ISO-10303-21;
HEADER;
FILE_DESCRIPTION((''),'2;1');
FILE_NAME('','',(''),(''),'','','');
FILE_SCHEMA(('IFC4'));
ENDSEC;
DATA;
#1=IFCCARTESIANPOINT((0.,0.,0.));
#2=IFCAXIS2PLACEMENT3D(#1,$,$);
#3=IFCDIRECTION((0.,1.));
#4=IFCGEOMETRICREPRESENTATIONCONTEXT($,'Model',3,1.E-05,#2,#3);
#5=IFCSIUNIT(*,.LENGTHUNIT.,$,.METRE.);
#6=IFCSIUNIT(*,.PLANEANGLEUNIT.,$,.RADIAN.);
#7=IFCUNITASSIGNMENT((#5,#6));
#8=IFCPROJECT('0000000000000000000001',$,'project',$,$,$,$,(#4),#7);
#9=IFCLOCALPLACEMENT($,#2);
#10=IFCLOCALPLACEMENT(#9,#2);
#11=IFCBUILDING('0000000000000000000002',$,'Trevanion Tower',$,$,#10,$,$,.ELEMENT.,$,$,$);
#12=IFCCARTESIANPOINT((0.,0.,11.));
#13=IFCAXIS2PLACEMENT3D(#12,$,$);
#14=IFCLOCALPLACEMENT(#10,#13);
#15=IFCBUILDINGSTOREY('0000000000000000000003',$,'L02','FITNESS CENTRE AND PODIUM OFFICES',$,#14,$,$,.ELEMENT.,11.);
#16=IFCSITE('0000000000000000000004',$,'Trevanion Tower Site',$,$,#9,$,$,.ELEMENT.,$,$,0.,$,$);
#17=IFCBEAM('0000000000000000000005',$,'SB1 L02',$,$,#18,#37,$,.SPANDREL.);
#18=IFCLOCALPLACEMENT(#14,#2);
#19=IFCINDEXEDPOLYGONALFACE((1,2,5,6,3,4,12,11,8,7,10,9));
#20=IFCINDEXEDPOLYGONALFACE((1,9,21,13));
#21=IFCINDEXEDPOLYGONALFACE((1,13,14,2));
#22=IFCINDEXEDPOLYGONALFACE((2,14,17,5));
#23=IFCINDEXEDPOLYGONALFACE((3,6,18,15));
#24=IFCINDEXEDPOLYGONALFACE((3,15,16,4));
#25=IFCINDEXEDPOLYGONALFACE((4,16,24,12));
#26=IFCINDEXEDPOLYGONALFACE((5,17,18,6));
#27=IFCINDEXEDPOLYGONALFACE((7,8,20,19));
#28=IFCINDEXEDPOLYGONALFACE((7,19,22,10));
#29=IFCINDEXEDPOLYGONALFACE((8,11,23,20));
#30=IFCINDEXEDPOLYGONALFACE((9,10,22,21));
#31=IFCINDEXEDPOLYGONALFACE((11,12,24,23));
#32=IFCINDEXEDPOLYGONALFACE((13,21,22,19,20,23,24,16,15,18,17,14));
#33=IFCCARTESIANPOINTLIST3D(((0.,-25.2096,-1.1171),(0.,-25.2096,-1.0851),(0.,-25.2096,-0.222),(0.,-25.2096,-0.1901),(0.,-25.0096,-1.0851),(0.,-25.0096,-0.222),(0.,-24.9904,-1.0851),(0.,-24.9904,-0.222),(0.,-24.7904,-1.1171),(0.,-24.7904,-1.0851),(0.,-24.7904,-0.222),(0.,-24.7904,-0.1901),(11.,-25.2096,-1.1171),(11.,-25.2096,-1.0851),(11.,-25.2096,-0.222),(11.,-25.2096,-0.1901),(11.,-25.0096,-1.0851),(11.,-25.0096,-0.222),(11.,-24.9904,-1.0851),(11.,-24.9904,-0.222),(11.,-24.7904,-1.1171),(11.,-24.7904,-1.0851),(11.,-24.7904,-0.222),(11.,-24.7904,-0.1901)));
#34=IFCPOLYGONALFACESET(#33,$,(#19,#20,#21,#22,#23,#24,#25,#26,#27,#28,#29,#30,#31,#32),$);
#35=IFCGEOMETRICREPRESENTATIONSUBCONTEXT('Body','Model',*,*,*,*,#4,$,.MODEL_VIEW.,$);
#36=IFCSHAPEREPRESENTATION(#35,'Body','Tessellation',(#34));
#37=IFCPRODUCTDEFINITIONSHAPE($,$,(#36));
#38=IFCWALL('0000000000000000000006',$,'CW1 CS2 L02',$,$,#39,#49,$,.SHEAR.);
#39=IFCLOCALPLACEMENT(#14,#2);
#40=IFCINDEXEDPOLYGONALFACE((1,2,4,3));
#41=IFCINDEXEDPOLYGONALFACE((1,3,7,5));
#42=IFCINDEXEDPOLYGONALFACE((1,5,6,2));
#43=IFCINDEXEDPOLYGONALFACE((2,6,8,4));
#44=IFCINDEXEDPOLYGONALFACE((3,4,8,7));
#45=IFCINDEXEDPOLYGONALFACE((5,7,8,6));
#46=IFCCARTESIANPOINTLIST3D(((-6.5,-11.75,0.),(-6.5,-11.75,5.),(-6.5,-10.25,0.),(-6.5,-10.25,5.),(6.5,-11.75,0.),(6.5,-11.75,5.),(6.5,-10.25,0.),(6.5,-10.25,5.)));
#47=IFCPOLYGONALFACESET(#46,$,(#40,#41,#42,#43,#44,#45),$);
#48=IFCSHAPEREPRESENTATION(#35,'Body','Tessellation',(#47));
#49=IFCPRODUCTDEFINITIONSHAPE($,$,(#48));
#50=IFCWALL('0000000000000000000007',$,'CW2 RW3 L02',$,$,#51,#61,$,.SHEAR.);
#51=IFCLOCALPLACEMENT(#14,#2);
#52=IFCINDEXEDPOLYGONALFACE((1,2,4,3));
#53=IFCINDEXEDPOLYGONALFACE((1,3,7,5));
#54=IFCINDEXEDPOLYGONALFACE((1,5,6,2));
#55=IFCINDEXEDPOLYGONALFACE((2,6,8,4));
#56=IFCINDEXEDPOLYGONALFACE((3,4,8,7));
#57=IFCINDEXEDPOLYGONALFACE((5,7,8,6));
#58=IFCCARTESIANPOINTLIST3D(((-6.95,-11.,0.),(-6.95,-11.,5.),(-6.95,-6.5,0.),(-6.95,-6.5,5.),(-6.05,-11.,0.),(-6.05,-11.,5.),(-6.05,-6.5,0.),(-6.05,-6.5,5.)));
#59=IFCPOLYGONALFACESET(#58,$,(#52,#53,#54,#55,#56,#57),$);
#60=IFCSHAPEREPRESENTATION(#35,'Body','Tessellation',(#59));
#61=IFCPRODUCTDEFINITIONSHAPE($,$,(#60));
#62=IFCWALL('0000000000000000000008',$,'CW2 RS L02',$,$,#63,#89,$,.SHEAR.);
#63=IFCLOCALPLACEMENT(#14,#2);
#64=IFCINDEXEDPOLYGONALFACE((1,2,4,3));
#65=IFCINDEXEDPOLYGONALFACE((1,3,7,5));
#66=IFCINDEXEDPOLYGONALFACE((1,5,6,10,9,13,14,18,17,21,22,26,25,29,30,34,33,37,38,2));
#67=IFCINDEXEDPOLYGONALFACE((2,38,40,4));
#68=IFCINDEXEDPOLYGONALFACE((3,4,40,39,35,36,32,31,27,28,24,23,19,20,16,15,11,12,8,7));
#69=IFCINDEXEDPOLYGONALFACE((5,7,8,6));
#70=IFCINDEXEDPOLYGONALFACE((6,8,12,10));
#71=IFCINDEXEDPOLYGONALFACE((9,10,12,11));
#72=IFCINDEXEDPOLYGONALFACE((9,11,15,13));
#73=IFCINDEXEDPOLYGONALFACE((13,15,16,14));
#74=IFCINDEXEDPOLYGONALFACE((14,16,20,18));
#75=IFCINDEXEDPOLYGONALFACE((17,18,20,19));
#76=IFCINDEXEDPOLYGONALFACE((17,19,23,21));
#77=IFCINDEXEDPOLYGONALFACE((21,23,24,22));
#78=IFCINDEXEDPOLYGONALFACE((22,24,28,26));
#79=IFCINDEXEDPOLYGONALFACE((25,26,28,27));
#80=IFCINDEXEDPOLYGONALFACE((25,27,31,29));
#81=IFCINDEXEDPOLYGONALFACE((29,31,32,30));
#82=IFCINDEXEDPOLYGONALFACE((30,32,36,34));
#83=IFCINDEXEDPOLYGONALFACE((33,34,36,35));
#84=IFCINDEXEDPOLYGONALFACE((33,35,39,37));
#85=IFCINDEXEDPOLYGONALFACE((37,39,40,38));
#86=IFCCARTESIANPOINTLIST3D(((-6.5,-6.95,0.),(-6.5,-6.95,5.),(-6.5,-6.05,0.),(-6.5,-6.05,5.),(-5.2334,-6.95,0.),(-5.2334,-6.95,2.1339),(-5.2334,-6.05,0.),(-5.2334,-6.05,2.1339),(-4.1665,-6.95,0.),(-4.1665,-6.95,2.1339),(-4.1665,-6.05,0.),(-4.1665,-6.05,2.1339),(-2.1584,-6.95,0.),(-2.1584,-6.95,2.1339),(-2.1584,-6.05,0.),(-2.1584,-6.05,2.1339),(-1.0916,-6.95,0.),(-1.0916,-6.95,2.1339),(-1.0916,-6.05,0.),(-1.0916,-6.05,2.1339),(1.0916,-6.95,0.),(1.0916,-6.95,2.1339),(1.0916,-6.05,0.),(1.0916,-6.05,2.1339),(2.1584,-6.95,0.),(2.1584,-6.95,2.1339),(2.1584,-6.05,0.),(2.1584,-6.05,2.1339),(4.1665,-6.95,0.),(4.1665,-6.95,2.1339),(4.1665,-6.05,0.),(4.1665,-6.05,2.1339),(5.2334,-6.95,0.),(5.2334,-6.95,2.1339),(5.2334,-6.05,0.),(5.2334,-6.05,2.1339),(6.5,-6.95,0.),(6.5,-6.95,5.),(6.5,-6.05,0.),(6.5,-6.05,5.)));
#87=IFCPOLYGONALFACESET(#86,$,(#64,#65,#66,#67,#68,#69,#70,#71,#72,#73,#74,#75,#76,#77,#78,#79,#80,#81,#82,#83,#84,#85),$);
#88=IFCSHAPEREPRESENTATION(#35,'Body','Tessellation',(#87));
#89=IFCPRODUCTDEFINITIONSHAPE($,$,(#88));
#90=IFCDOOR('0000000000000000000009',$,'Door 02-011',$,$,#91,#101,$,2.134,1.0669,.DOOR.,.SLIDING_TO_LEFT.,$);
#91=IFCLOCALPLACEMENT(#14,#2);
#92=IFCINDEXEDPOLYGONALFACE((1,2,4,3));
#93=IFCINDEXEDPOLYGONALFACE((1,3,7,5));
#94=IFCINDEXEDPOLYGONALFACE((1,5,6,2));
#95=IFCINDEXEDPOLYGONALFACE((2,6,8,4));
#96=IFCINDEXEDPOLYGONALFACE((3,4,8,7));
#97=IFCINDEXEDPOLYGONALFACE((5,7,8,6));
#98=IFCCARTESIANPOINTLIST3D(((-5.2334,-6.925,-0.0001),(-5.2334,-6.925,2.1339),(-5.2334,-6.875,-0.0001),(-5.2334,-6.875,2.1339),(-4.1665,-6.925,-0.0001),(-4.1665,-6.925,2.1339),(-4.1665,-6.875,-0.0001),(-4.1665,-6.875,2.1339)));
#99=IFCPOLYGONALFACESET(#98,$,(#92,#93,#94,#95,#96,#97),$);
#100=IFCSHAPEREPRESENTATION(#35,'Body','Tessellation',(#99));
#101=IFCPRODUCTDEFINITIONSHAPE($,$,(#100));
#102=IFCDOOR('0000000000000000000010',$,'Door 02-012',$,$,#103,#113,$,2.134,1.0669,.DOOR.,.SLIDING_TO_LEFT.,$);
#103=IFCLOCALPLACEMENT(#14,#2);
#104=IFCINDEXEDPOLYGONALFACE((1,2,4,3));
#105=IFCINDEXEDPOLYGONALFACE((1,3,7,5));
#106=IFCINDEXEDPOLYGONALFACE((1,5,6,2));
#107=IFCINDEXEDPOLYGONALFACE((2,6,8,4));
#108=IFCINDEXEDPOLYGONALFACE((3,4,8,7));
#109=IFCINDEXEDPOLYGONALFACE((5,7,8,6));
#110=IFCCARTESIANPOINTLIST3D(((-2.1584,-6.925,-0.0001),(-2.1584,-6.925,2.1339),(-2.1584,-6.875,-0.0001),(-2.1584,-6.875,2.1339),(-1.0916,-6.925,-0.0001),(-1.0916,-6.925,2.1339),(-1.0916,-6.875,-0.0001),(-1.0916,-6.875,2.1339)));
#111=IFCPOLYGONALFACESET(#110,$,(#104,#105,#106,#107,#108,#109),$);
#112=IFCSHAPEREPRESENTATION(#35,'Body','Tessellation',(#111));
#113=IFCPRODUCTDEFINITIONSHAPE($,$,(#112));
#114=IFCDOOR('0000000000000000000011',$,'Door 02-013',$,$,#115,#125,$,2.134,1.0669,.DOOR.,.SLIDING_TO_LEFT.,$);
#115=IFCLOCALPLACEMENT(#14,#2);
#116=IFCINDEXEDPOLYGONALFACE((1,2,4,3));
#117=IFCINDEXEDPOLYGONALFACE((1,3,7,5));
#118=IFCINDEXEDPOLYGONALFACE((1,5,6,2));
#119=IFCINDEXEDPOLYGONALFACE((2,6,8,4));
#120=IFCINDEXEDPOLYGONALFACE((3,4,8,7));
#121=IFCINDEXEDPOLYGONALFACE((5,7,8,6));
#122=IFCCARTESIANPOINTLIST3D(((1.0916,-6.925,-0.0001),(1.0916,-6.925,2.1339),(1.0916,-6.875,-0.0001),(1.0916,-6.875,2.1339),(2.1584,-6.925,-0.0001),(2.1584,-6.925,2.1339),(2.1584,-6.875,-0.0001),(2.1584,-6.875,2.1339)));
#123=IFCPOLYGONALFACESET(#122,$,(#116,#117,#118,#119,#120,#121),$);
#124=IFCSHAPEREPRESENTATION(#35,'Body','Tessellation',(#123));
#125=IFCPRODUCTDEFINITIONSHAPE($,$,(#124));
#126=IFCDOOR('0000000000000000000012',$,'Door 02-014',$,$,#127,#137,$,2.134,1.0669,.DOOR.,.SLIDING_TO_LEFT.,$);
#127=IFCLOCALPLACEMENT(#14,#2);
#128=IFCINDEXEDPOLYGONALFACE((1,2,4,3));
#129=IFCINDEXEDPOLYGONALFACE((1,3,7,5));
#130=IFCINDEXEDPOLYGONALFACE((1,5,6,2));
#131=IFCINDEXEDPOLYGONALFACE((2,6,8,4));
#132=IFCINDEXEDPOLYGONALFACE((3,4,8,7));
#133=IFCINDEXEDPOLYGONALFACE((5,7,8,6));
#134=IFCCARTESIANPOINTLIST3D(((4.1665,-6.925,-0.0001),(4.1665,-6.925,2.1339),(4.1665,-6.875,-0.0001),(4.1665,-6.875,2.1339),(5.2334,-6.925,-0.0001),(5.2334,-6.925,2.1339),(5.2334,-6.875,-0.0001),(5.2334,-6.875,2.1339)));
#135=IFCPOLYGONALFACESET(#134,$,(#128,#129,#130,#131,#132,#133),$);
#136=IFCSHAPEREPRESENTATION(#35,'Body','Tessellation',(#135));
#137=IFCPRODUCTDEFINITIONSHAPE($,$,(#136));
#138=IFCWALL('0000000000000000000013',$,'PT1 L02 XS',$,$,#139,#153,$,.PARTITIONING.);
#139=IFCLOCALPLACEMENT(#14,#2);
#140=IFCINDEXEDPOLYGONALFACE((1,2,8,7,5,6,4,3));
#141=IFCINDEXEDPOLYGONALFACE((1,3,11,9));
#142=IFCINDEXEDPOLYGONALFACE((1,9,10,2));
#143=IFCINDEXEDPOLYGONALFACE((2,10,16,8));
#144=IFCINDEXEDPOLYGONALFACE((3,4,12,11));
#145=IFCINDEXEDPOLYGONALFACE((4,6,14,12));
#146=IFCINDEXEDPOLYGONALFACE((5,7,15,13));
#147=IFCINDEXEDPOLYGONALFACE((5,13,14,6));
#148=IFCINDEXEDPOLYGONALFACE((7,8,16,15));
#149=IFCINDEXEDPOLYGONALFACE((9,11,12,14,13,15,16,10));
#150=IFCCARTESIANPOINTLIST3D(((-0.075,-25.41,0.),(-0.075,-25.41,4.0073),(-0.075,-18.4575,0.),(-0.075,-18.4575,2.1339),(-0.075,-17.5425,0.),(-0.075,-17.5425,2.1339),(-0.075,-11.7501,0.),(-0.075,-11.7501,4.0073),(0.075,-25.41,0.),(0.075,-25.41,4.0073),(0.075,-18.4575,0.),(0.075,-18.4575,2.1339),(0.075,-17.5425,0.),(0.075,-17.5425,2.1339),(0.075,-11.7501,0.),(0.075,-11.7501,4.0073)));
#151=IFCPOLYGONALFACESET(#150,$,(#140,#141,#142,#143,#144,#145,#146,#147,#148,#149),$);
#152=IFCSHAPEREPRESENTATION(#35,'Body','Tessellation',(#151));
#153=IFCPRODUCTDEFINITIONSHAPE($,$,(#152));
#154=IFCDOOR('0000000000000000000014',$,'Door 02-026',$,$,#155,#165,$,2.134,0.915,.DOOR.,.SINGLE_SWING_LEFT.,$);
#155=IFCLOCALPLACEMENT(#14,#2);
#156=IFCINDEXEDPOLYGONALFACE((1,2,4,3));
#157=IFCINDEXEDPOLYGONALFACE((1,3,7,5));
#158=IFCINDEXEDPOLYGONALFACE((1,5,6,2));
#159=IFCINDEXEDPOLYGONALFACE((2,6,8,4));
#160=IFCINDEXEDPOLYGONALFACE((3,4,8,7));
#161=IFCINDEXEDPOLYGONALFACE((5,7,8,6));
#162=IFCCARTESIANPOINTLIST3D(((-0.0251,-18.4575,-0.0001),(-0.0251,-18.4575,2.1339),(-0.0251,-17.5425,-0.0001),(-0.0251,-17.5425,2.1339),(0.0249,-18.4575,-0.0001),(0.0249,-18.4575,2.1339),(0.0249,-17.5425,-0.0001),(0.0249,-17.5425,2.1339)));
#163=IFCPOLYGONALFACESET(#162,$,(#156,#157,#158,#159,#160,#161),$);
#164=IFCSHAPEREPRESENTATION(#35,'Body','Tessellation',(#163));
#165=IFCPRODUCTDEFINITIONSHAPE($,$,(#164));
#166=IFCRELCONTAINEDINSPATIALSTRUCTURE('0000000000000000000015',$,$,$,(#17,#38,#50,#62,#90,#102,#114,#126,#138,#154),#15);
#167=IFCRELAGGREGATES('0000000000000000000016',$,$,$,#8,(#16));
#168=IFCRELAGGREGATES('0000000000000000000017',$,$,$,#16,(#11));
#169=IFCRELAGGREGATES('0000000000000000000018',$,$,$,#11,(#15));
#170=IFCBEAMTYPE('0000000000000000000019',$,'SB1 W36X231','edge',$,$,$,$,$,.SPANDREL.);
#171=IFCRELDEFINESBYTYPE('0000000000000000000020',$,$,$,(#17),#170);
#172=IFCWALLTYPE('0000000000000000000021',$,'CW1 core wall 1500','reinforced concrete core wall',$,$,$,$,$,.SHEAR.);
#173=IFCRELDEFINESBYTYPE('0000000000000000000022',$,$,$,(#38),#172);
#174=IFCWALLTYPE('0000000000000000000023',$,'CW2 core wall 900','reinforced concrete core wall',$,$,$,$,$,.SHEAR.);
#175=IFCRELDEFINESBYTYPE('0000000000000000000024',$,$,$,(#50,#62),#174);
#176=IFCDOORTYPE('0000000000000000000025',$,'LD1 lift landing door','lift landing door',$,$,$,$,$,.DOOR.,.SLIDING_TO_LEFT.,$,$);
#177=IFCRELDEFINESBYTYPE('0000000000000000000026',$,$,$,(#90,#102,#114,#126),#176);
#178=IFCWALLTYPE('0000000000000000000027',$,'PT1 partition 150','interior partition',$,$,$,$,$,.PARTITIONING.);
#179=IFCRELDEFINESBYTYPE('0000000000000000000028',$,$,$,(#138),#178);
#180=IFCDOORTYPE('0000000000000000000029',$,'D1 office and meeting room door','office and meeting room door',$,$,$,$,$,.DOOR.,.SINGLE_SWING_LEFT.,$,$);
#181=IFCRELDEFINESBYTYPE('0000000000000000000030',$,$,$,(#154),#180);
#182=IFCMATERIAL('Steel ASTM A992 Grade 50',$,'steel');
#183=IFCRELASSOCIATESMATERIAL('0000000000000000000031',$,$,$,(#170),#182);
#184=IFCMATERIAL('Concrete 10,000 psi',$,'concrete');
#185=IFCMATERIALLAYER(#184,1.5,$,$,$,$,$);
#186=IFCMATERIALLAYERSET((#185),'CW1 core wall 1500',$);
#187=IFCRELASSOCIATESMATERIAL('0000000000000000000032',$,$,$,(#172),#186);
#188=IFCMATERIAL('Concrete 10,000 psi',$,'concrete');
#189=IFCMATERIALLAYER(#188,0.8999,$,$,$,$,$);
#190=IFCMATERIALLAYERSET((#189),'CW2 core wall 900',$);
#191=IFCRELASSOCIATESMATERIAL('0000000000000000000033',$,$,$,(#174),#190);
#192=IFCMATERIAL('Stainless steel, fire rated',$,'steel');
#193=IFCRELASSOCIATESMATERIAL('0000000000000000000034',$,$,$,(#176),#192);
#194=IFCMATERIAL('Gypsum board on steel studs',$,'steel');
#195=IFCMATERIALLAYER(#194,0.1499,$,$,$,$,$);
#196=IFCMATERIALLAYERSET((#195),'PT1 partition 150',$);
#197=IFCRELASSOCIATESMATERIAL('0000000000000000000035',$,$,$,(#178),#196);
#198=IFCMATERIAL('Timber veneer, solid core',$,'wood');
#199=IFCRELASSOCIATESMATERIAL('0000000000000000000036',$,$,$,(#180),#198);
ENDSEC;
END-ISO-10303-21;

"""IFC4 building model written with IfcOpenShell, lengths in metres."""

from ifc_helpers import new_model, si_unit, direction, frame, frame_2d, origin, origin_2d, place, context, subcontext, project, spatial, rectangle, i_section, extrude, material, layer, layer_set, material_profile, profile_set, type_object, element, fill, save


model = new_model("IFC4")

# Units and contexts
model_context = context("Model", 3, precision=1e-05, world=origin(), true_north=direction((0.0, 1.0)))
body_context = subcontext(model_context, "Body", "Model", "MODEL_VIEW")
ifc_project = project(units=[si_unit("LENGTHUNIT", "METRE"), si_unit("PLANEANGLEUNIT", "RADIAN")], contexts=[model_context])

# Site, building, storey
site_placement = place(None, origin())
site = spatial("IfcSite", under=ifc_project, at=site_placement, Name="Trevanion Tower Site", CompositionType="ELEMENT", RefElevation=0.0)
building_placement = place(site_placement, origin())
building = spatial("IfcBuilding", under=site, at=building_placement, Name="Trevanion Tower", CompositionType="ELEMENT")
storey_placement = place(building_placement, frame((0.0, 0.0, 11.0)))
storey = spatial("IfcBuildingStorey", under=building, at=storey_placement, Name="L02", Description="FITNESS CENTRE AND PODIUM OFFICES", CompositionType="ELEMENT", Elevation=11.0)

# Beam
ifc_material_1 = material(Name="Steel ASTM A992 Grade 50", Category="steel")
ifc_material_profile_1 = material_profile(ifc_material_1, i_section(OverallWidth=0.4192, OverallDepth=0.927, WebThickness=0.0193, FlangeThickness=0.032, at=origin_2d()), Name="W36X231")
ifc_profile_set_1 = profile_set([ifc_material_profile_1], Name="Steel ASTM A992 Grade 50")
beam_type_1 = type_object("IfcBeamType", Name="SB1 W36X231", Description="edge", PredefinedType="SPANDREL", material=ifc_profile_set_1)
beam_1_placement = place(storey_placement, frame((0.0, -25.0, -0.6536), z_axis=(1.0, 0.0, 0.0), x_axis=(0.0, 1.0, 0.0)))
element("IfcBeam", 1, at=beam_1_placement, inside=storey, type_object=beam_type_1, Name="SB1 L02", PredefinedType="SPANDREL", context=body_context, shape_type="SweptSolid", body=[
    extrude(i_section(OverallWidth=0.4192, OverallDepth=0.927, WebThickness=0.0193, FlangeThickness=0.032, at=origin_2d()), origin(), (0.0, 0.0, 1.0), 11.0),
])

# Walls
ifc_material_2 = material(Name="Concrete 10,000 psi", Category="concrete")
ifc_layer_1 = layer(ifc_material_2, 1.5)
ifc_layer_set_1 = layer_set([ifc_layer_1], Name="CW1 core wall 1500")
wall_type_1 = type_object("IfcWallType", Name="CW1 core wall 1500", Description="reinforced concrete core wall", PredefinedType="SHEAR", material=ifc_layer_set_1)
wall_1_placement = place(storey_placement, frame((-6.5, -11.0, 0.0), z_axis=(0.0, 0.0, 1.0), x_axis=(1.0, 0.0, 0.0)))
element("IfcWall", 2, at=wall_1_placement, inside=storey, type_object=wall_type_1, Name="CW1 CS2 L02", PredefinedType="SHEAR", context=body_context, shape_type="SweptSolid", body=[
    extrude(rectangle(XDim=13.0, YDim=1.5, at=frame_2d((6.5, 0.0))), origin(), (0.0, 0.0, 1.0), 5.0),
])
ifc_material_3 = material(Name="Concrete 10,000 psi", Category="concrete")
ifc_layer_2 = layer(ifc_material_3, 0.8999)
ifc_layer_set_2 = layer_set([ifc_layer_2], Name="CW2 core wall 900")
wall_type_2 = type_object("IfcWallType", Name="CW2 core wall 900", Description="reinforced concrete core wall", PredefinedType="SHEAR", material=ifc_layer_set_2)
wall_2_placement = place(storey_placement, frame((-6.5, -6.5, 0.0), z_axis=(0.0, 0.0, 1.0), x_axis=(0.0, -1.0, 0.0)))
element("IfcWall", 3, at=wall_2_placement, inside=storey, type_object=wall_type_2, Name="CW2 RW3 L02", PredefinedType="SHEAR", context=body_context, shape_type="SweptSolid", body=[
    extrude(rectangle(XDim=4.5, YDim=0.8999, at=frame_2d((2.25, 0.0))), origin(), (0.0, 0.0, 1.0), 5.0),
])

# Wall, openings, doors
wall_3_placement = place(storey_placement, frame((-6.5, -6.5, 0.0), z_axis=(0.0, 0.0, 1.0), x_axis=(1.0, 0.0, 0.0)))
wall_3 = element("IfcWall", 4, at=wall_3_placement, inside=storey, type_object=wall_type_2, Name="CW2 RS L02", PredefinedType="SHEAR", context=body_context, shape_type="SweptSolid", body=[
    extrude(rectangle(XDim=13.0, YDim=0.8999, at=frame_2d((6.5, 0.0))), origin(), (0.0, 0.0, 1.0), 5.0),
])
opening_1_placement = place(wall_3_placement, frame((1.2666, 0.0, 0.0)))
opening_1 = element("IfcOpeningElement", 5, at=opening_1_placement, cuts=wall_3, PredefinedType="OPENING", context=body_context, shape_type="SweptSolid", body=[
    extrude(rectangle(XDim=1.0669, YDim=2.134, at=frame_2d((0.5334, 1.0669))), frame((0.0, 0.46, 0.0), z_axis=(0.0, -1.0, 0.0), x_axis=(1.0, 0.0, 0.0)), (0.0, 0.0, 1.0), 0.9199),
])
opening_2_placement = place(wall_3_placement, frame((4.3416, 0.0, 0.0)))
opening_2 = element("IfcOpeningElement", 6, at=opening_2_placement, cuts=wall_3, PredefinedType="OPENING", context=body_context, shape_type="SweptSolid", body=[
    extrude(rectangle(XDim=1.0669, YDim=2.134, at=frame_2d((0.5334, 1.0669))), frame((0.0, 0.46, 0.0), z_axis=(0.0, -1.0, 0.0), x_axis=(1.0, 0.0, 0.0)), (0.0, 0.0, 1.0), 0.9199),
])
opening_3_placement = place(wall_3_placement, frame((7.5916, 0.0, 0.0)))
opening_3 = element("IfcOpeningElement", 7, at=opening_3_placement, cuts=wall_3, PredefinedType="OPENING", context=body_context, shape_type="SweptSolid", body=[
    extrude(rectangle(XDim=1.0669, YDim=2.134, at=frame_2d((0.5334, 1.0669))), frame((0.0, 0.46, 0.0), z_axis=(0.0, -1.0, 0.0), x_axis=(1.0, 0.0, 0.0)), (0.0, 0.0, 1.0), 0.9199),
])
opening_4_placement = place(wall_3_placement, frame((10.6665, 0.0, 0.0)))
opening_4 = element("IfcOpeningElement", 8, at=opening_4_placement, cuts=wall_3, PredefinedType="OPENING", context=body_context, shape_type="SweptSolid", body=[
    extrude(rectangle(XDim=1.0669, YDim=2.134, at=frame_2d((0.5334, 1.0669))), frame((0.0, 0.46, 0.0), z_axis=(0.0, -1.0, 0.0), x_axis=(1.0, 0.0, 0.0)), (0.0, 0.0, 1.0), 0.9199),
])
ifc_material_4 = material(Name="Stainless steel, fire rated", Category="steel")
door_type_1 = type_object("IfcDoorType", Name="LD1 lift landing door", Description="lift landing door", OperationType="SLIDING_TO_LEFT", PredefinedType="DOOR", material=ifc_material_4)
door_1_placement = place(opening_1_placement, origin())
door_1 = element("IfcDoor", 9, at=door_1_placement, inside=storey, type_object=door_type_1, Name="Door 02-011", OperationType="SLIDING_TO_LEFT", OverallHeight=2.134, OverallWidth=1.0669, PredefinedType="DOOR", context=body_context, shape_type="SweptSolid", body=[
    extrude(rectangle(XDim=1.0669, YDim=2.134, at=frame_2d((0.5334, 1.0669))), frame((0.0, -0.375, 0.0), z_axis=(0.0, -1.0, 0.0), x_axis=(1.0, 0.0, 0.0)), (0.0, 0.0, 1.0), 0.05),
])
fill(opening_1, door_1)
door_2_placement = place(opening_2_placement, origin())
door_2 = element("IfcDoor", 10, at=door_2_placement, inside=storey, type_object=door_type_1, Name="Door 02-012", OperationType="SLIDING_TO_LEFT", OverallHeight=2.134, OverallWidth=1.0669, PredefinedType="DOOR", context=body_context, shape_type="SweptSolid", body=[
    extrude(rectangle(XDim=1.0669, YDim=2.134, at=frame_2d((0.5334, 1.0669))), frame((0.0, -0.375, 0.0), z_axis=(0.0, -1.0, 0.0), x_axis=(1.0, 0.0, 0.0)), (0.0, 0.0, 1.0), 0.05),
])
fill(opening_2, door_2)
door_3_placement = place(opening_3_placement, origin())
door_3 = element("IfcDoor", 11, at=door_3_placement, inside=storey, type_object=door_type_1, Name="Door 02-013", OperationType="SLIDING_TO_LEFT", OverallHeight=2.134, OverallWidth=1.0669, PredefinedType="DOOR", context=body_context, shape_type="SweptSolid", body=[
    extrude(rectangle(XDim=1.0669, YDim=2.134, at=frame_2d((0.5334, 1.0669))), frame((0.0, -0.375, 0.0), z_axis=(0.0, -1.0, 0.0), x_axis=(1.0, 0.0, 0.0)), (0.0, 0.0, 1.0), 0.05),
])
fill(opening_3, door_3)
door_4_placement = place(opening_4_placement, origin())
door_4 = element("IfcDoor", 12, at=door_4_placement, inside=storey, type_object=door_type_1, Name="Door 02-014", OperationType="SLIDING_TO_LEFT", OverallHeight=2.134, OverallWidth=1.0669, PredefinedType="DOOR", context=body_context, shape_type="SweptSolid", body=[
    extrude(rectangle(XDim=1.0669, YDim=2.134, at=frame_2d((0.5334, 1.0669))), frame((0.0, -0.375, 0.0), z_axis=(0.0, -1.0, 0.0), x_axis=(1.0, 0.0, 0.0)), (0.0, 0.0, 1.0), 0.05),
])
fill(opening_4, door_4)

# Wall, opening, door
ifc_material_5 = material(Name="Gypsum board on steel studs", Category="steel")
ifc_layer_3 = layer(ifc_material_5, 0.1499)
ifc_layer_set_3 = layer_set([ifc_layer_3], Name="PT1 partition 150")
wall_type_3 = type_object("IfcWallType", Name="PT1 partition 150", Description="interior partition", PredefinedType="PARTITIONING", material=ifc_layer_set_3)
wall_4_placement = place(storey_placement, frame((0.0, -11.75, 0.0), z_axis=(0.0, 0.0, 1.0), x_axis=(0.0, -1.0, 0.0)))
wall_4 = element("IfcWall", 13, at=wall_4_placement, inside=storey, type_object=wall_type_3, Name="PT1 L02 XS", PredefinedType="PARTITIONING", context=body_context, shape_type="SweptSolid", body=[
    extrude(rectangle(XDim=13.6599, YDim=0.1499, at=frame_2d((6.8301, 0.0))), origin(), (0.0, 0.0, 1.0), 4.0073),
])
opening_5_placement = place(wall_4_placement, frame((5.7925, 0.0, 0.0)))
opening_5 = element("IfcOpeningElement", 14, at=opening_5_placement, cuts=wall_4, PredefinedType="OPENING", context=body_context, shape_type="SweptSolid", body=[
    extrude(rectangle(XDim=0.915, YDim=2.134, at=frame_2d((0.4575, 1.0669))), frame((0.0, 0.085, 0.0), z_axis=(0.0, -1.0, 0.0), x_axis=(1.0, 0.0, 0.0)), (0.0, 0.0, 1.0), 0.1699),
])
ifc_material_6 = material(Name="Timber veneer, solid core", Category="wood")
door_type_2 = type_object("IfcDoorType", Name="D1 office and meeting room door", Description="office and meeting room door", OperationType="SINGLE_SWING_LEFT", PredefinedType="DOOR", material=ifc_material_6)
door_5_placement = place(opening_5_placement, origin())
door_5 = element("IfcDoor", 15, at=door_5_placement, inside=storey, type_object=door_type_2, Name="Door 02-026", OperationType="SINGLE_SWING_LEFT", OverallHeight=2.134, OverallWidth=0.915, PredefinedType="DOOR", context=body_context, shape_type="SweptSolid", body=[
    extrude(rectangle(XDim=0.915, YDim=2.134, at=frame_2d((0.4575, 1.0669))), frame((0.0, 0.0249, 0.0), z_axis=(0.0, -1.0, 0.0), x_axis=(1.0, 0.0, 0.0)), (0.0, 0.0, 1.0), 0.05),
])
fill(opening_5, door_5)

save(model, "model.ifc")
